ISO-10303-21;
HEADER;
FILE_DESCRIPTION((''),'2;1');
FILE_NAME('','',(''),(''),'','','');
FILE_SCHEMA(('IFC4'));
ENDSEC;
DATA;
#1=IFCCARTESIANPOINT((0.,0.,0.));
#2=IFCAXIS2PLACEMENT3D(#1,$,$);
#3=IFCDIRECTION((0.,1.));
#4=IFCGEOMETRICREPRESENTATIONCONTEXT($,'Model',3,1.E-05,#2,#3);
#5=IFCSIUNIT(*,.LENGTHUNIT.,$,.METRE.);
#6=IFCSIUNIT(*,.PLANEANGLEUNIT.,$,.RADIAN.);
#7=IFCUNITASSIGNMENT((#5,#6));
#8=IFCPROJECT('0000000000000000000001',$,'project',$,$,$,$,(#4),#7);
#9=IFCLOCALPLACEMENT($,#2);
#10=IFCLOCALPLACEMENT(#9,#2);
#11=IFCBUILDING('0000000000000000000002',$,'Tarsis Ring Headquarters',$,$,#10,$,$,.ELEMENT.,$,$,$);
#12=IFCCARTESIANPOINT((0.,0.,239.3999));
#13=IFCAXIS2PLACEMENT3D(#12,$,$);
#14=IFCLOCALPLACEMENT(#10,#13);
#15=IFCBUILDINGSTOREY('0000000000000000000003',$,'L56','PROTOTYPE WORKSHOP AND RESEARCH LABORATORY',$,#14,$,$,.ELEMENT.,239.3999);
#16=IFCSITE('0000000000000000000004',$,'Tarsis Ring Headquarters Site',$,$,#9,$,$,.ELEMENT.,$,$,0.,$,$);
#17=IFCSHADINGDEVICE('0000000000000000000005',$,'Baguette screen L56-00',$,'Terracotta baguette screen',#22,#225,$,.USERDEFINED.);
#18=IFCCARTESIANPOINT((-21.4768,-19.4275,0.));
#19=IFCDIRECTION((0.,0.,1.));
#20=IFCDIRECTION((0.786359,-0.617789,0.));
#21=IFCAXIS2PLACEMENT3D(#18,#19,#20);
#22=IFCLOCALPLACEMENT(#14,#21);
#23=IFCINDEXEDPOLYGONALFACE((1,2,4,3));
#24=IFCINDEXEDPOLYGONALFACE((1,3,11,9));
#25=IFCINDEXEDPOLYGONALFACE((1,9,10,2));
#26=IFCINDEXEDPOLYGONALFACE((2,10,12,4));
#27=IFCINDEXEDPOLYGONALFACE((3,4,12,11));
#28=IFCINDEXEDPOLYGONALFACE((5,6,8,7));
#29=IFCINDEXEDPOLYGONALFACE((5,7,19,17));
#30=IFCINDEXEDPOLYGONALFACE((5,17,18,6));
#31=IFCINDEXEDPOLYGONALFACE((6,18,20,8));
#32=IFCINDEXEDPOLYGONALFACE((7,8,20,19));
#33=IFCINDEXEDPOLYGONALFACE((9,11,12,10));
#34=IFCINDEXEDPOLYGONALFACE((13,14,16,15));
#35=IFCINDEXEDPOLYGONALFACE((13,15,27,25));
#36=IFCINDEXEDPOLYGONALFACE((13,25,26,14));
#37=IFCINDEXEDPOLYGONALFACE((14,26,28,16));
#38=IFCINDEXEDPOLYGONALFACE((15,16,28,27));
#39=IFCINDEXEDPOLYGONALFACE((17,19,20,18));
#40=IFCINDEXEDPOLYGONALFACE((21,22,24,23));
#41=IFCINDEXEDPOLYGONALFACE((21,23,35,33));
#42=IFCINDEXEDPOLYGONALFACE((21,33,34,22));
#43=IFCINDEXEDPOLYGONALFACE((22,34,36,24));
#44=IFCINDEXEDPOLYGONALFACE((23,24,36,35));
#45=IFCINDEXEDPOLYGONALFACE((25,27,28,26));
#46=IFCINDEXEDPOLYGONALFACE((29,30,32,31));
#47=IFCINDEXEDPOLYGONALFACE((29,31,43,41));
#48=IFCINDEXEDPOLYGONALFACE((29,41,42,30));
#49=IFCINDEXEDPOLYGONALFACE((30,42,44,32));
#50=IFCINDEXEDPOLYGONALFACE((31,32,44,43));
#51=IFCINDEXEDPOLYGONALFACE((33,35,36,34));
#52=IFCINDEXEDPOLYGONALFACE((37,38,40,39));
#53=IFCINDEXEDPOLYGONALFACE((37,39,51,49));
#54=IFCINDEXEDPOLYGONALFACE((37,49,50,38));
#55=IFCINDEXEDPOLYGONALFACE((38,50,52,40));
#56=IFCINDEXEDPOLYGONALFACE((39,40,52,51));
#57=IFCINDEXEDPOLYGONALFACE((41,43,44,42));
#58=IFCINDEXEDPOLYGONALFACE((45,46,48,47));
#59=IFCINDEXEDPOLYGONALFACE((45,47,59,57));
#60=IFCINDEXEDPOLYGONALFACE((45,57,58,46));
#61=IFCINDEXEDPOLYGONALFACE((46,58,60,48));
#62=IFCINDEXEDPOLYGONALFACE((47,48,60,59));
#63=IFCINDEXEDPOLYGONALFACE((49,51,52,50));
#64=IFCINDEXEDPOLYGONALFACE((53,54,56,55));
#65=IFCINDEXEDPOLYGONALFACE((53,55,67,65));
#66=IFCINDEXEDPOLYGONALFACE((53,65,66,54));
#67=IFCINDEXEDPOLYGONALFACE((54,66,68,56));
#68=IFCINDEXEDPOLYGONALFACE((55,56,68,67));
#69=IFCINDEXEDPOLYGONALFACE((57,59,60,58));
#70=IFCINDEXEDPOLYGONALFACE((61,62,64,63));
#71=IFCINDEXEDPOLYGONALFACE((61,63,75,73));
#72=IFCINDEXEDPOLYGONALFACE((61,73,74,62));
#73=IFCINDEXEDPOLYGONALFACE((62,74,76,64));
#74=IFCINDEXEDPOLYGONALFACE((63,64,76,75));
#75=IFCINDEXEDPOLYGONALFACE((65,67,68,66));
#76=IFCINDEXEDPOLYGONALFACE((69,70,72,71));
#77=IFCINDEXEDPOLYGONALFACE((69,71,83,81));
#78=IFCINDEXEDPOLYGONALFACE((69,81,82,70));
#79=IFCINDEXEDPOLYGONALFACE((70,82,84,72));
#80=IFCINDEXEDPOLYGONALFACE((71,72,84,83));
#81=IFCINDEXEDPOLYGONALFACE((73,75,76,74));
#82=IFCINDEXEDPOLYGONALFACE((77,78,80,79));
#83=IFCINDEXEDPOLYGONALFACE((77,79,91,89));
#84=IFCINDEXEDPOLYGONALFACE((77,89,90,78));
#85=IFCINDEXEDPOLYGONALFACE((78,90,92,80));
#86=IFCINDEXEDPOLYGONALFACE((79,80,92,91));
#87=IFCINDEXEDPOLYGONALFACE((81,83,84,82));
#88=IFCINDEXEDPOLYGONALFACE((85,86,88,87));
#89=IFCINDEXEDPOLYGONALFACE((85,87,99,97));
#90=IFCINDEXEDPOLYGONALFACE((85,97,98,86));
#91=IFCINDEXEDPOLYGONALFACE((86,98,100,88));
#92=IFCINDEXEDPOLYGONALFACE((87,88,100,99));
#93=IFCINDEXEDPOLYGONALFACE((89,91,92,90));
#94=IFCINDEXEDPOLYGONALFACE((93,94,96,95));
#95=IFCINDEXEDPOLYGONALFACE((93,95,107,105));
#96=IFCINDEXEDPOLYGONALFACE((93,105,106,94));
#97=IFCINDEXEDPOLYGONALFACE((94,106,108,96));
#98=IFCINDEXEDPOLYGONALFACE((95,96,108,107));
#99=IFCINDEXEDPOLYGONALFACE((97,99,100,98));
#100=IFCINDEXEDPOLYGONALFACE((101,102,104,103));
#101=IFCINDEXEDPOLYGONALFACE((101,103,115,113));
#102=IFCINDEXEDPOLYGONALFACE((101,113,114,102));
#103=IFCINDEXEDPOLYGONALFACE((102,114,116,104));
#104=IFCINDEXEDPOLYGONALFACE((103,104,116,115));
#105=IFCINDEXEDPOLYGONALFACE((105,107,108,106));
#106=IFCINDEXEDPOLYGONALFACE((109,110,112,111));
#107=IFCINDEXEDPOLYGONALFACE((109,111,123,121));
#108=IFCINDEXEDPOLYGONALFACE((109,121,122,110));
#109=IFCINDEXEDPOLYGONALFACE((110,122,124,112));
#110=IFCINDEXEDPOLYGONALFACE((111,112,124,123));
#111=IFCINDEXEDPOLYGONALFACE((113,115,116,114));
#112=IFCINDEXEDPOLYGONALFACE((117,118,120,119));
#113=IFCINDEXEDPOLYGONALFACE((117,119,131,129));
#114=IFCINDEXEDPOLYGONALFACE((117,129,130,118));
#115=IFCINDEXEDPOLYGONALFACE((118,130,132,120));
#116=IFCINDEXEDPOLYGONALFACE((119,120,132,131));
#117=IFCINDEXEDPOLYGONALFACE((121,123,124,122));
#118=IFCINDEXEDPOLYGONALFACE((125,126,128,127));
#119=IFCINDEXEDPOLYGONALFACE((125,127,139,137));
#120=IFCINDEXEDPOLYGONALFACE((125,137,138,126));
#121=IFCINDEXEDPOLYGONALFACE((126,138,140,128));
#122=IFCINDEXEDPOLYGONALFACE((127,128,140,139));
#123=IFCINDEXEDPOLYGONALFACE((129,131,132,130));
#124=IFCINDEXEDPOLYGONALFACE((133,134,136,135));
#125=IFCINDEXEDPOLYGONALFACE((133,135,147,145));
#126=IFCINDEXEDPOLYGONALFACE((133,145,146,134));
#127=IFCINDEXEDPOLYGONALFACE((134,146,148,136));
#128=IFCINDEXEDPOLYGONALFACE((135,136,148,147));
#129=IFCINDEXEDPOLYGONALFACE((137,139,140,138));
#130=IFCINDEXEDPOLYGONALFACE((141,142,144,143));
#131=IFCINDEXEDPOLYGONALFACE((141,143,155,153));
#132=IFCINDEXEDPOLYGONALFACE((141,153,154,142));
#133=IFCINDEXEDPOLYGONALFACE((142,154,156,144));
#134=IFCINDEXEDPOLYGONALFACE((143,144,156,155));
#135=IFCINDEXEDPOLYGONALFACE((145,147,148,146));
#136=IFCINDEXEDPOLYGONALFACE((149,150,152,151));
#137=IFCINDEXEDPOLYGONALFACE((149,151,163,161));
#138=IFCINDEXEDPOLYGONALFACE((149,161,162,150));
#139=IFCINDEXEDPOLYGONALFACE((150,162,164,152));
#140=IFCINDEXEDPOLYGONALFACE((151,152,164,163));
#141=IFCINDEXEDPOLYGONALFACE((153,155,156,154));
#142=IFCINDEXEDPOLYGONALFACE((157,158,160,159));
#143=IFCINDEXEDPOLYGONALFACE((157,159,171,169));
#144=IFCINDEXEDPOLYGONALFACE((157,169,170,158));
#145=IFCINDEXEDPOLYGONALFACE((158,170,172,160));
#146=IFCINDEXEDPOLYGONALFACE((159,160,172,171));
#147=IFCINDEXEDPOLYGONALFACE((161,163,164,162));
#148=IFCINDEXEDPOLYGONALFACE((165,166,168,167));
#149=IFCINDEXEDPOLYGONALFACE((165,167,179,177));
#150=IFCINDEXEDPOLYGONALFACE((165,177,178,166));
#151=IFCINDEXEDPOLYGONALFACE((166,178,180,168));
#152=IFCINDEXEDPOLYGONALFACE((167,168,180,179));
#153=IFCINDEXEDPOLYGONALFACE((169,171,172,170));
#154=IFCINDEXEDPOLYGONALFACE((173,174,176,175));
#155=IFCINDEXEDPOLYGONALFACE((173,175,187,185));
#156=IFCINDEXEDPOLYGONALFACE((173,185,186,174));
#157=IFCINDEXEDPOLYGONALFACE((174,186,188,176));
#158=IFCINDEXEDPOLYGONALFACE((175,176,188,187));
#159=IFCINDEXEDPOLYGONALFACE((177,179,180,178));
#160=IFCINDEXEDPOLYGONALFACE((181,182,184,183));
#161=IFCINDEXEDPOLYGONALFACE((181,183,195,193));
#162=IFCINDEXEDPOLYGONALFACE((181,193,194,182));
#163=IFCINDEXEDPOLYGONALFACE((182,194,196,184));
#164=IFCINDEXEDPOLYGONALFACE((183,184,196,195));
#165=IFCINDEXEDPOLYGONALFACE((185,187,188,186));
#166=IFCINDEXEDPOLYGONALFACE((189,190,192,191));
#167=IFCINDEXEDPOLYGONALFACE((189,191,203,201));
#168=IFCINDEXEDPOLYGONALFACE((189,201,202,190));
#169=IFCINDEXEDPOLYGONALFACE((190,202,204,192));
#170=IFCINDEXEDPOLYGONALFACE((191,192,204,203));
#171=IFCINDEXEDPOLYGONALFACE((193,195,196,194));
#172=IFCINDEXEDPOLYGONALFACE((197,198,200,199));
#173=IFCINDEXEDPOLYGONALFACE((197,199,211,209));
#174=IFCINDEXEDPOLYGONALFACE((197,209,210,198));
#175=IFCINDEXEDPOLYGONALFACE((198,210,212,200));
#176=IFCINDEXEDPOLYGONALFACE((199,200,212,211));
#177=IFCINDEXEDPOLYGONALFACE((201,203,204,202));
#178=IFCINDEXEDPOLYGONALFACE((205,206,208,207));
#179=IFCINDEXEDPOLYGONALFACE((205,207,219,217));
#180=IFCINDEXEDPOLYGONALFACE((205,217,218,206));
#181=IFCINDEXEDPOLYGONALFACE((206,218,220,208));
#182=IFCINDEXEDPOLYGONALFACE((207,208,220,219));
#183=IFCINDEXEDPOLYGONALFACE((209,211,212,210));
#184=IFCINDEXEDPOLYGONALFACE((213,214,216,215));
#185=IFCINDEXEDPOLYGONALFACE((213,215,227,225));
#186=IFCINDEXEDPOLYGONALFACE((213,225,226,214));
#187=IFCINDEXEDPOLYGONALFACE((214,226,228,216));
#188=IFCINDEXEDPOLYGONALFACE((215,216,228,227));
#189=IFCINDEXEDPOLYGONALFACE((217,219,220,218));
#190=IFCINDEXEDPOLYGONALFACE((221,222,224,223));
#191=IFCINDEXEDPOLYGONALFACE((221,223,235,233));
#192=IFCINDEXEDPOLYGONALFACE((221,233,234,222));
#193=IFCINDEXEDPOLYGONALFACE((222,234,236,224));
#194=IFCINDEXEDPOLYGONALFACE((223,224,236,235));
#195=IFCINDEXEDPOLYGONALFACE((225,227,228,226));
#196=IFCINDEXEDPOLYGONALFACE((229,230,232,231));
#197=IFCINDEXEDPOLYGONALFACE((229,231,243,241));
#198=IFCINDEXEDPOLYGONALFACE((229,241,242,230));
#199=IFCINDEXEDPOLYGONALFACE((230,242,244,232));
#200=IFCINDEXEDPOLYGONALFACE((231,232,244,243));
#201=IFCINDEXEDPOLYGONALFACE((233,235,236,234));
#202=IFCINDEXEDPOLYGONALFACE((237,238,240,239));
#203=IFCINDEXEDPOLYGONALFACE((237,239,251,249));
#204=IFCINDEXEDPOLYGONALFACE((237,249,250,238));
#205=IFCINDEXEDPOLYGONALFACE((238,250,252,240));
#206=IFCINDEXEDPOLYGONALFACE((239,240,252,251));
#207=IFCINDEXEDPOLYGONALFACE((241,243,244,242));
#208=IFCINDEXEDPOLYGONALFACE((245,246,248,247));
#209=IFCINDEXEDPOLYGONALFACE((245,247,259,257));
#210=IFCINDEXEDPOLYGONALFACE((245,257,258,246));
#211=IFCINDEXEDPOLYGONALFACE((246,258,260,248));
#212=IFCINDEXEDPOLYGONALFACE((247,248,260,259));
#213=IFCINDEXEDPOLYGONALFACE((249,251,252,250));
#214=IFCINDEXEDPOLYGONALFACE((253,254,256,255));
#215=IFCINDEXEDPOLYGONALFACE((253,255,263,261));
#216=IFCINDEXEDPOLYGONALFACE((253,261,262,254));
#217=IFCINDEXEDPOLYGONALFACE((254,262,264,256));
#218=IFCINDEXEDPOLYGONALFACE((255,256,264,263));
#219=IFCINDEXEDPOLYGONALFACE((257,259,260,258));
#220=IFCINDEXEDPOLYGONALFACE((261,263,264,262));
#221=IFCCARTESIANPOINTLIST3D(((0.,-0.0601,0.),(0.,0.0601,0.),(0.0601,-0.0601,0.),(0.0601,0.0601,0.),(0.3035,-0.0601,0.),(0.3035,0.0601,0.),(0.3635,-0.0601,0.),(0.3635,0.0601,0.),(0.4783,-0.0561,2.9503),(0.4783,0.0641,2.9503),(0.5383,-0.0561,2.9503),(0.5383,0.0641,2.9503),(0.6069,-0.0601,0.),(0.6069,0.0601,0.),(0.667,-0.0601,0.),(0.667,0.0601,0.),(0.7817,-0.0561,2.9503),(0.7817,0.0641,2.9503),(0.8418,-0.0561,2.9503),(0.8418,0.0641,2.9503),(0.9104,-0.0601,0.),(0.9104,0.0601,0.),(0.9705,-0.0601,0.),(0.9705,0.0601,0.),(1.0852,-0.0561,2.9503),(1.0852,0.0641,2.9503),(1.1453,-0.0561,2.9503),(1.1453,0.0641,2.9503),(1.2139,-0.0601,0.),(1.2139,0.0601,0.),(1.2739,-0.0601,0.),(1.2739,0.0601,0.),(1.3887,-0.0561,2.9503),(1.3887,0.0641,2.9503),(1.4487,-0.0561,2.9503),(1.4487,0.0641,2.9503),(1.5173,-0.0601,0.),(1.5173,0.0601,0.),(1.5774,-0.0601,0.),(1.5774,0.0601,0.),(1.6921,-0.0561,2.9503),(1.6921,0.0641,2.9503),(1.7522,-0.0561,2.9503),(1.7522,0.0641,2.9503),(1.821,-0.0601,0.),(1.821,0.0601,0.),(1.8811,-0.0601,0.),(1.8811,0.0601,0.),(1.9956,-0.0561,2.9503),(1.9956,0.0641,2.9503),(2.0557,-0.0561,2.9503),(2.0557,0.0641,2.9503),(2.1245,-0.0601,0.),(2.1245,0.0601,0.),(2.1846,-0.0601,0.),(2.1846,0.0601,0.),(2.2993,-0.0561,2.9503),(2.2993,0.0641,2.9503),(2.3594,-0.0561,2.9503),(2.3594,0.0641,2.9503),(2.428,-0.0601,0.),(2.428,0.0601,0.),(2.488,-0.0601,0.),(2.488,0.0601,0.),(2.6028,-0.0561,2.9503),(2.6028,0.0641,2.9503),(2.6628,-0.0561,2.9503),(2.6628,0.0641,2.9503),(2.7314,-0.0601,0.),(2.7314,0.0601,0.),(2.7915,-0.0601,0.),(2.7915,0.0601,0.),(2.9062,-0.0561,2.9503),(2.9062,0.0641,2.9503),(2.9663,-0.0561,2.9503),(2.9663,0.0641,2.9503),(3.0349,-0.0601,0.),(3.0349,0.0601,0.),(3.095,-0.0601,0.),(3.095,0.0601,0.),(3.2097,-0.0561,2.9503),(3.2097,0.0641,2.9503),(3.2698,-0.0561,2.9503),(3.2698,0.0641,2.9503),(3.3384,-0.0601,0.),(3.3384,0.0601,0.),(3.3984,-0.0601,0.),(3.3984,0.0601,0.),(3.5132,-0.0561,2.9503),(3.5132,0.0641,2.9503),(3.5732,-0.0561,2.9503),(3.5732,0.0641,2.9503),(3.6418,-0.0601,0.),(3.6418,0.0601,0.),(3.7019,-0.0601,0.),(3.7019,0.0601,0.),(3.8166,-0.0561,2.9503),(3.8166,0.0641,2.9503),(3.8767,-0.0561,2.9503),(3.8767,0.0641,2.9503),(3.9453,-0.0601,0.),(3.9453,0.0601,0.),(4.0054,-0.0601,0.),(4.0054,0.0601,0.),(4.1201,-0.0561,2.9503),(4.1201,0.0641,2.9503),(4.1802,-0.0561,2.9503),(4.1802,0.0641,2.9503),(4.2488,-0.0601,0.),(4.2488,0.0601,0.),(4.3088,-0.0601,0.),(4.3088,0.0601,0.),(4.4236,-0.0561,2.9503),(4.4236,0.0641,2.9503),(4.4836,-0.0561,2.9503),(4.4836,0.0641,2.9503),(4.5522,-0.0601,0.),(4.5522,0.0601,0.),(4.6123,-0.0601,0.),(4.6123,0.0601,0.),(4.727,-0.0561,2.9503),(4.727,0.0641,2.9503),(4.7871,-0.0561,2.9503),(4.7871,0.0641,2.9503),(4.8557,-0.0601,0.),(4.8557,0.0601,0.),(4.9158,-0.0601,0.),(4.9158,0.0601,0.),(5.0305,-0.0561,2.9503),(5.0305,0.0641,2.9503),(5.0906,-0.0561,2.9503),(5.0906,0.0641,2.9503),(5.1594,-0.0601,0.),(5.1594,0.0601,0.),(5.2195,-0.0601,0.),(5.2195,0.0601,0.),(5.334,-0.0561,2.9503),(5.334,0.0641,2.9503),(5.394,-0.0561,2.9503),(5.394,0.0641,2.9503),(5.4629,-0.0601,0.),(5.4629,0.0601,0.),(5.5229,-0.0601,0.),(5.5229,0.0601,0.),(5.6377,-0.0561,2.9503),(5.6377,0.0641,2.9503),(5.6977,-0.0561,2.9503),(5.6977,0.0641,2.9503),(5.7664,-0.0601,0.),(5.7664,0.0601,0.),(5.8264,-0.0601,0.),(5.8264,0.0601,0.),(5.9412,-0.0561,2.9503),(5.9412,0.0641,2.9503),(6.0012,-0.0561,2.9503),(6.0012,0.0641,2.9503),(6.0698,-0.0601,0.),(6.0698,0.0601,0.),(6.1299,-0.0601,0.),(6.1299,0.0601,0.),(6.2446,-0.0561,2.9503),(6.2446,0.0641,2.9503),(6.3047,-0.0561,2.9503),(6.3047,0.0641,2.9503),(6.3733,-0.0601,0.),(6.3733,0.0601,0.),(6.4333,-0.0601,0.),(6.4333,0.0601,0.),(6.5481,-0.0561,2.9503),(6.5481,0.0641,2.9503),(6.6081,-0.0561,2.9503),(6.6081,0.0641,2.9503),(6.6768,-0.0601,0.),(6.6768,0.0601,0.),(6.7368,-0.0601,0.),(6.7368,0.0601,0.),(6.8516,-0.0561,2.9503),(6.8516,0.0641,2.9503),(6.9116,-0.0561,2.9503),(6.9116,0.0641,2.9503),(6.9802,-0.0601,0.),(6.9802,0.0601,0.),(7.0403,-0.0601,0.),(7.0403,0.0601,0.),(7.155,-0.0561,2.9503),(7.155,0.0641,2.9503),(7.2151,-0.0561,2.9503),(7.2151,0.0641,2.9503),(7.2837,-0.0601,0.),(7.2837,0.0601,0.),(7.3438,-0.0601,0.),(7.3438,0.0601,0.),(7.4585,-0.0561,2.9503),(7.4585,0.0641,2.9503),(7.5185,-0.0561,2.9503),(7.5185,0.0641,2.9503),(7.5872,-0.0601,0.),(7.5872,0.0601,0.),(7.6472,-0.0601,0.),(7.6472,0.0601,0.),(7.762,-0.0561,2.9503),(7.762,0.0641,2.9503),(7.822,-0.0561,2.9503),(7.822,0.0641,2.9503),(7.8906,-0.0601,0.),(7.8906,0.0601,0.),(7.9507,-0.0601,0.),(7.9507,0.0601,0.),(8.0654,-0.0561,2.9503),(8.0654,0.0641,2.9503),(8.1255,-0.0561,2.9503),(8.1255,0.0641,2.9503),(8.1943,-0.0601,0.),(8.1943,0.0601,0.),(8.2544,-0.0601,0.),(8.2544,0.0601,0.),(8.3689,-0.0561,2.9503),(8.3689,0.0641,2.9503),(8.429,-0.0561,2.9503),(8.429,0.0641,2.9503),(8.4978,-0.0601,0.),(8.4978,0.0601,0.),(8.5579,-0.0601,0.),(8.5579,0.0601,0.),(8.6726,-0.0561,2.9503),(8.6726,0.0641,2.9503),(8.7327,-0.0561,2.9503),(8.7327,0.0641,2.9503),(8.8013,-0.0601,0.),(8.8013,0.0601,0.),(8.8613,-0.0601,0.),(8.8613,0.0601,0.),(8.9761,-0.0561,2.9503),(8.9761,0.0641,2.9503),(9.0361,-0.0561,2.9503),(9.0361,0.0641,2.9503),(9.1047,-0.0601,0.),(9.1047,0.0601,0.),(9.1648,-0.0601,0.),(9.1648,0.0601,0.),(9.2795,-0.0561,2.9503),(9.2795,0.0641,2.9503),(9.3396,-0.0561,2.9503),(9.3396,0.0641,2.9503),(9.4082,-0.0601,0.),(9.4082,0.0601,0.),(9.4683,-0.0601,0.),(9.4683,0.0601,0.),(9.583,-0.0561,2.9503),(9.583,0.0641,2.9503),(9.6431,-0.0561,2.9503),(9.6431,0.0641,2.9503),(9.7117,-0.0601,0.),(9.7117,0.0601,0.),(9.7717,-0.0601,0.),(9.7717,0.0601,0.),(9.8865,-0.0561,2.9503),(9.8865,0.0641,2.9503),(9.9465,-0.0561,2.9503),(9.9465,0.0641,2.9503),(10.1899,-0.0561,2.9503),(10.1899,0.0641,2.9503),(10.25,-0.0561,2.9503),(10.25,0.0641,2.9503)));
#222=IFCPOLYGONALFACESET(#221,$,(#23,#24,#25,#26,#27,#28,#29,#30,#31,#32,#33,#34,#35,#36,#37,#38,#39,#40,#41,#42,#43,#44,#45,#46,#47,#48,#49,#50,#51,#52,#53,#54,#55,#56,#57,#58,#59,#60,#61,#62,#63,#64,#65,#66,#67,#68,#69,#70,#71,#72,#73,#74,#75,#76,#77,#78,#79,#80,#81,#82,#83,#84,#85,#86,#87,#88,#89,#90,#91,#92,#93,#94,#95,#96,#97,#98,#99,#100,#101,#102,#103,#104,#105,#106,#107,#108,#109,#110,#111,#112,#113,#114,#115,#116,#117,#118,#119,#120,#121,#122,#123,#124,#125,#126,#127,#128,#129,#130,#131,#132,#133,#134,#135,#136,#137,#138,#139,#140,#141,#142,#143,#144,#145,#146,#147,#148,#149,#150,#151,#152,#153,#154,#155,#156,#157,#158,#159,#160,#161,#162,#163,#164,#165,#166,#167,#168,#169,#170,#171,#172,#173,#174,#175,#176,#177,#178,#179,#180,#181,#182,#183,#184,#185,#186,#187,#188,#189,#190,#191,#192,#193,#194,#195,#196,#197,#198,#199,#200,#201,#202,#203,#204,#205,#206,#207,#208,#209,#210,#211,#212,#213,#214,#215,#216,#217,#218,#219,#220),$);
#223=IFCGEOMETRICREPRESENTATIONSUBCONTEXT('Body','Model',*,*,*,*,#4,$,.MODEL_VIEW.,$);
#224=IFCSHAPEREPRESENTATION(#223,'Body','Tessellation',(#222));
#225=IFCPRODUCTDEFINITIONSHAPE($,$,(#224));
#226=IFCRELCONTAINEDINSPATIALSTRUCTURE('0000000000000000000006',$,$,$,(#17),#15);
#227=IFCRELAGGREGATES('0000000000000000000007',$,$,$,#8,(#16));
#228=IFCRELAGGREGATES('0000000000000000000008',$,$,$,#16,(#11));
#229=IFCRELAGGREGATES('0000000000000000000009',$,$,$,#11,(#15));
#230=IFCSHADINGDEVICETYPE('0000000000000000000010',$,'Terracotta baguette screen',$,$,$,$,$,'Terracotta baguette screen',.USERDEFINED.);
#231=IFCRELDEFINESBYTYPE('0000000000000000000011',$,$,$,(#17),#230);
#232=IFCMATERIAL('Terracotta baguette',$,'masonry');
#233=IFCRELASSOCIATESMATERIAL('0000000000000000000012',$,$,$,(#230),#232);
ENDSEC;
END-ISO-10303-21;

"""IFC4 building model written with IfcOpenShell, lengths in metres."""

from ifc_helpers import new_model, si_unit, direction, frame, frame_2d, origin, place, context, subcontext, project, spatial, rectangle, composite_profile, extrude, material, type_object, element, save


model = new_model("IFC4")

# Units and contexts
model_context = context("Model", 3, precision=1e-05, world=origin(), true_north=direction((0.0, 1.0)))
body_context = subcontext(model_context, "Body", "Model", "MODEL_VIEW")
ifc_project = project(units=[si_unit("LENGTHUNIT", "METRE"), si_unit("PLANEANGLEUNIT", "RADIAN")], contexts=[model_context])

# Site, building, storey
site_placement = place(None, origin())
site = spatial("IfcSite", under=ifc_project, at=site_placement, Name="Tarsis Ring Headquarters Site", CompositionType="ELEMENT", RefElevation=0.0)
building_placement = place(site_placement, origin())
building = spatial("IfcBuilding", under=site, at=building_placement, Name="Tarsis Ring Headquarters", CompositionType="ELEMENT")
storey_placement = place(building_placement, frame((0.0, 0.0, 239.3999)))
storey = spatial("IfcBuildingStorey", under=building, at=storey_placement, Name="L56", Description="PROTOTYPE WORKSHOP AND RESEARCH LABORATORY", CompositionType="ELEMENT", Elevation=239.3999)

# Shading device
ifc_material_1 = material(Name="Terracotta baguette", Category="masonry")
shading_device_type = type_object("IfcShadingDeviceType", Name="Terracotta baguette screen", ElementType="Terracotta baguette screen", PredefinedType="USERDEFINED", material=ifc_material_1)
shading_device_1_placement = place(storey_placement, frame((-21.4768, -19.4275, 0.0), z_axis=(0.0, 0.0, 1.0), x_axis=(0.786359, -0.617789, 0.0)))
element("IfcShadingDevice", 1, at=shading_device_1_placement, inside=storey, type_object=shading_device_type, Name="Baguette screen L56-00", ObjectType="Terracotta baguette screen", PredefinedType="USERDEFINED", context=body_context, shape_type="SweptSolid", body=[
    extrude(composite_profile([rectangle(XDim=0.0601, YDim=0.1201, at=frame_2d((0.03, 0.0))), rectangle(XDim=0.0601, YDim=0.1201, at=frame_2d((0.3335, 0.0))), rectangle(XDim=0.0601, YDim=0.1201, at=frame_2d((0.637, 0.0))), rectangle(XDim=0.0601, YDim=0.1201, at=frame_2d((0.9404, 0.0))), rectangle(XDim=0.0601, YDim=0.1201, at=frame_2d((1.2439, 0.0))), rectangle(XDim=0.0601, YDim=0.1201, at=frame_2d((1.5474, 0.0))), rectangle(XDim=0.0601, YDim=0.1201, at=frame_2d((1.8511, 0.0))), rectangle(XDim=0.0601, YDim=0.1201, at=frame_2d((2.1545, 0.0))), rectangle(XDim=0.0601, YDim=0.1201, at=frame_2d((2.458, 0.0))), rectangle(XDim=0.0601, YDim=0.1201, at=frame_2d((2.7615, 0.0))), rectangle(XDim=0.0601, YDim=0.1201, at=frame_2d((3.0649, 0.0))), rectangle(XDim=0.0601, YDim=0.1201, at=frame_2d((3.3684, 0.0))), rectangle(XDim=0.0601, YDim=0.1201, at=frame_2d((3.6719, 0.0))), rectangle(XDim=0.0601, YDim=0.1201, at=frame_2d((3.9753, 0.0))), rectangle(XDim=0.0601, YDim=0.1201, at=frame_2d((4.2788, 0.0))), rectangle(XDim=0.0601, YDim=0.1201, at=frame_2d((4.5823, 0.0))), rectangle(XDim=0.0601, YDim=0.1201, at=frame_2d((4.8857, 0.0))), rectangle(XDim=0.0601, YDim=0.1201, at=frame_2d((5.1895, 0.0))), rectangle(XDim=0.0601, YDim=0.1201, at=frame_2d((5.4929, 0.0))), rectangle(XDim=0.0601, YDim=0.1201, at=frame_2d((5.7964, 0.0))), rectangle(XDim=0.0601, YDim=0.1201, at=frame_2d((6.0999, 0.0))), rectangle(XDim=0.0601, YDim=0.1201, at=frame_2d((6.4033, 0.0))), rectangle(XDim=0.0601, YDim=0.1201, at=frame_2d((6.7068, 0.0))), rectangle(XDim=0.0601, YDim=0.1201, at=frame_2d((7.0103, 0.0))), rectangle(XDim=0.0601, YDim=0.1201, at=frame_2d((7.3137, 0.0))), rectangle(XDim=0.0601, YDim=0.1201, at=frame_2d((7.6172, 0.0))), rectangle(XDim=0.0601, YDim=0.1201, at=frame_2d((7.9207, 0.0))), rectangle(XDim=0.0601, YDim=0.1201, at=frame_2d((8.2244, 0.0))), rectangle(XDim=0.0601, YDim=0.1201, at=frame_2d((8.5278, 0.0))), rectangle(XDim=0.0601, YDim=0.1201, at=frame_2d((8.8313, 0.0))), rectangle(XDim=0.0601, YDim=0.1201, at=frame_2d((9.1348, 0.0))), rectangle(XDim=0.0601, YDim=0.1201, at=frame_2d((9.4382, 0.0))), rectangle(XDim=0.0601, YDim=0.1201, at=frame_2d((9.7417, 0.0)))]), origin(), (0.160021, 0.001339, 0.987113), 2.9888),
])

save(model, "model.ifc")
